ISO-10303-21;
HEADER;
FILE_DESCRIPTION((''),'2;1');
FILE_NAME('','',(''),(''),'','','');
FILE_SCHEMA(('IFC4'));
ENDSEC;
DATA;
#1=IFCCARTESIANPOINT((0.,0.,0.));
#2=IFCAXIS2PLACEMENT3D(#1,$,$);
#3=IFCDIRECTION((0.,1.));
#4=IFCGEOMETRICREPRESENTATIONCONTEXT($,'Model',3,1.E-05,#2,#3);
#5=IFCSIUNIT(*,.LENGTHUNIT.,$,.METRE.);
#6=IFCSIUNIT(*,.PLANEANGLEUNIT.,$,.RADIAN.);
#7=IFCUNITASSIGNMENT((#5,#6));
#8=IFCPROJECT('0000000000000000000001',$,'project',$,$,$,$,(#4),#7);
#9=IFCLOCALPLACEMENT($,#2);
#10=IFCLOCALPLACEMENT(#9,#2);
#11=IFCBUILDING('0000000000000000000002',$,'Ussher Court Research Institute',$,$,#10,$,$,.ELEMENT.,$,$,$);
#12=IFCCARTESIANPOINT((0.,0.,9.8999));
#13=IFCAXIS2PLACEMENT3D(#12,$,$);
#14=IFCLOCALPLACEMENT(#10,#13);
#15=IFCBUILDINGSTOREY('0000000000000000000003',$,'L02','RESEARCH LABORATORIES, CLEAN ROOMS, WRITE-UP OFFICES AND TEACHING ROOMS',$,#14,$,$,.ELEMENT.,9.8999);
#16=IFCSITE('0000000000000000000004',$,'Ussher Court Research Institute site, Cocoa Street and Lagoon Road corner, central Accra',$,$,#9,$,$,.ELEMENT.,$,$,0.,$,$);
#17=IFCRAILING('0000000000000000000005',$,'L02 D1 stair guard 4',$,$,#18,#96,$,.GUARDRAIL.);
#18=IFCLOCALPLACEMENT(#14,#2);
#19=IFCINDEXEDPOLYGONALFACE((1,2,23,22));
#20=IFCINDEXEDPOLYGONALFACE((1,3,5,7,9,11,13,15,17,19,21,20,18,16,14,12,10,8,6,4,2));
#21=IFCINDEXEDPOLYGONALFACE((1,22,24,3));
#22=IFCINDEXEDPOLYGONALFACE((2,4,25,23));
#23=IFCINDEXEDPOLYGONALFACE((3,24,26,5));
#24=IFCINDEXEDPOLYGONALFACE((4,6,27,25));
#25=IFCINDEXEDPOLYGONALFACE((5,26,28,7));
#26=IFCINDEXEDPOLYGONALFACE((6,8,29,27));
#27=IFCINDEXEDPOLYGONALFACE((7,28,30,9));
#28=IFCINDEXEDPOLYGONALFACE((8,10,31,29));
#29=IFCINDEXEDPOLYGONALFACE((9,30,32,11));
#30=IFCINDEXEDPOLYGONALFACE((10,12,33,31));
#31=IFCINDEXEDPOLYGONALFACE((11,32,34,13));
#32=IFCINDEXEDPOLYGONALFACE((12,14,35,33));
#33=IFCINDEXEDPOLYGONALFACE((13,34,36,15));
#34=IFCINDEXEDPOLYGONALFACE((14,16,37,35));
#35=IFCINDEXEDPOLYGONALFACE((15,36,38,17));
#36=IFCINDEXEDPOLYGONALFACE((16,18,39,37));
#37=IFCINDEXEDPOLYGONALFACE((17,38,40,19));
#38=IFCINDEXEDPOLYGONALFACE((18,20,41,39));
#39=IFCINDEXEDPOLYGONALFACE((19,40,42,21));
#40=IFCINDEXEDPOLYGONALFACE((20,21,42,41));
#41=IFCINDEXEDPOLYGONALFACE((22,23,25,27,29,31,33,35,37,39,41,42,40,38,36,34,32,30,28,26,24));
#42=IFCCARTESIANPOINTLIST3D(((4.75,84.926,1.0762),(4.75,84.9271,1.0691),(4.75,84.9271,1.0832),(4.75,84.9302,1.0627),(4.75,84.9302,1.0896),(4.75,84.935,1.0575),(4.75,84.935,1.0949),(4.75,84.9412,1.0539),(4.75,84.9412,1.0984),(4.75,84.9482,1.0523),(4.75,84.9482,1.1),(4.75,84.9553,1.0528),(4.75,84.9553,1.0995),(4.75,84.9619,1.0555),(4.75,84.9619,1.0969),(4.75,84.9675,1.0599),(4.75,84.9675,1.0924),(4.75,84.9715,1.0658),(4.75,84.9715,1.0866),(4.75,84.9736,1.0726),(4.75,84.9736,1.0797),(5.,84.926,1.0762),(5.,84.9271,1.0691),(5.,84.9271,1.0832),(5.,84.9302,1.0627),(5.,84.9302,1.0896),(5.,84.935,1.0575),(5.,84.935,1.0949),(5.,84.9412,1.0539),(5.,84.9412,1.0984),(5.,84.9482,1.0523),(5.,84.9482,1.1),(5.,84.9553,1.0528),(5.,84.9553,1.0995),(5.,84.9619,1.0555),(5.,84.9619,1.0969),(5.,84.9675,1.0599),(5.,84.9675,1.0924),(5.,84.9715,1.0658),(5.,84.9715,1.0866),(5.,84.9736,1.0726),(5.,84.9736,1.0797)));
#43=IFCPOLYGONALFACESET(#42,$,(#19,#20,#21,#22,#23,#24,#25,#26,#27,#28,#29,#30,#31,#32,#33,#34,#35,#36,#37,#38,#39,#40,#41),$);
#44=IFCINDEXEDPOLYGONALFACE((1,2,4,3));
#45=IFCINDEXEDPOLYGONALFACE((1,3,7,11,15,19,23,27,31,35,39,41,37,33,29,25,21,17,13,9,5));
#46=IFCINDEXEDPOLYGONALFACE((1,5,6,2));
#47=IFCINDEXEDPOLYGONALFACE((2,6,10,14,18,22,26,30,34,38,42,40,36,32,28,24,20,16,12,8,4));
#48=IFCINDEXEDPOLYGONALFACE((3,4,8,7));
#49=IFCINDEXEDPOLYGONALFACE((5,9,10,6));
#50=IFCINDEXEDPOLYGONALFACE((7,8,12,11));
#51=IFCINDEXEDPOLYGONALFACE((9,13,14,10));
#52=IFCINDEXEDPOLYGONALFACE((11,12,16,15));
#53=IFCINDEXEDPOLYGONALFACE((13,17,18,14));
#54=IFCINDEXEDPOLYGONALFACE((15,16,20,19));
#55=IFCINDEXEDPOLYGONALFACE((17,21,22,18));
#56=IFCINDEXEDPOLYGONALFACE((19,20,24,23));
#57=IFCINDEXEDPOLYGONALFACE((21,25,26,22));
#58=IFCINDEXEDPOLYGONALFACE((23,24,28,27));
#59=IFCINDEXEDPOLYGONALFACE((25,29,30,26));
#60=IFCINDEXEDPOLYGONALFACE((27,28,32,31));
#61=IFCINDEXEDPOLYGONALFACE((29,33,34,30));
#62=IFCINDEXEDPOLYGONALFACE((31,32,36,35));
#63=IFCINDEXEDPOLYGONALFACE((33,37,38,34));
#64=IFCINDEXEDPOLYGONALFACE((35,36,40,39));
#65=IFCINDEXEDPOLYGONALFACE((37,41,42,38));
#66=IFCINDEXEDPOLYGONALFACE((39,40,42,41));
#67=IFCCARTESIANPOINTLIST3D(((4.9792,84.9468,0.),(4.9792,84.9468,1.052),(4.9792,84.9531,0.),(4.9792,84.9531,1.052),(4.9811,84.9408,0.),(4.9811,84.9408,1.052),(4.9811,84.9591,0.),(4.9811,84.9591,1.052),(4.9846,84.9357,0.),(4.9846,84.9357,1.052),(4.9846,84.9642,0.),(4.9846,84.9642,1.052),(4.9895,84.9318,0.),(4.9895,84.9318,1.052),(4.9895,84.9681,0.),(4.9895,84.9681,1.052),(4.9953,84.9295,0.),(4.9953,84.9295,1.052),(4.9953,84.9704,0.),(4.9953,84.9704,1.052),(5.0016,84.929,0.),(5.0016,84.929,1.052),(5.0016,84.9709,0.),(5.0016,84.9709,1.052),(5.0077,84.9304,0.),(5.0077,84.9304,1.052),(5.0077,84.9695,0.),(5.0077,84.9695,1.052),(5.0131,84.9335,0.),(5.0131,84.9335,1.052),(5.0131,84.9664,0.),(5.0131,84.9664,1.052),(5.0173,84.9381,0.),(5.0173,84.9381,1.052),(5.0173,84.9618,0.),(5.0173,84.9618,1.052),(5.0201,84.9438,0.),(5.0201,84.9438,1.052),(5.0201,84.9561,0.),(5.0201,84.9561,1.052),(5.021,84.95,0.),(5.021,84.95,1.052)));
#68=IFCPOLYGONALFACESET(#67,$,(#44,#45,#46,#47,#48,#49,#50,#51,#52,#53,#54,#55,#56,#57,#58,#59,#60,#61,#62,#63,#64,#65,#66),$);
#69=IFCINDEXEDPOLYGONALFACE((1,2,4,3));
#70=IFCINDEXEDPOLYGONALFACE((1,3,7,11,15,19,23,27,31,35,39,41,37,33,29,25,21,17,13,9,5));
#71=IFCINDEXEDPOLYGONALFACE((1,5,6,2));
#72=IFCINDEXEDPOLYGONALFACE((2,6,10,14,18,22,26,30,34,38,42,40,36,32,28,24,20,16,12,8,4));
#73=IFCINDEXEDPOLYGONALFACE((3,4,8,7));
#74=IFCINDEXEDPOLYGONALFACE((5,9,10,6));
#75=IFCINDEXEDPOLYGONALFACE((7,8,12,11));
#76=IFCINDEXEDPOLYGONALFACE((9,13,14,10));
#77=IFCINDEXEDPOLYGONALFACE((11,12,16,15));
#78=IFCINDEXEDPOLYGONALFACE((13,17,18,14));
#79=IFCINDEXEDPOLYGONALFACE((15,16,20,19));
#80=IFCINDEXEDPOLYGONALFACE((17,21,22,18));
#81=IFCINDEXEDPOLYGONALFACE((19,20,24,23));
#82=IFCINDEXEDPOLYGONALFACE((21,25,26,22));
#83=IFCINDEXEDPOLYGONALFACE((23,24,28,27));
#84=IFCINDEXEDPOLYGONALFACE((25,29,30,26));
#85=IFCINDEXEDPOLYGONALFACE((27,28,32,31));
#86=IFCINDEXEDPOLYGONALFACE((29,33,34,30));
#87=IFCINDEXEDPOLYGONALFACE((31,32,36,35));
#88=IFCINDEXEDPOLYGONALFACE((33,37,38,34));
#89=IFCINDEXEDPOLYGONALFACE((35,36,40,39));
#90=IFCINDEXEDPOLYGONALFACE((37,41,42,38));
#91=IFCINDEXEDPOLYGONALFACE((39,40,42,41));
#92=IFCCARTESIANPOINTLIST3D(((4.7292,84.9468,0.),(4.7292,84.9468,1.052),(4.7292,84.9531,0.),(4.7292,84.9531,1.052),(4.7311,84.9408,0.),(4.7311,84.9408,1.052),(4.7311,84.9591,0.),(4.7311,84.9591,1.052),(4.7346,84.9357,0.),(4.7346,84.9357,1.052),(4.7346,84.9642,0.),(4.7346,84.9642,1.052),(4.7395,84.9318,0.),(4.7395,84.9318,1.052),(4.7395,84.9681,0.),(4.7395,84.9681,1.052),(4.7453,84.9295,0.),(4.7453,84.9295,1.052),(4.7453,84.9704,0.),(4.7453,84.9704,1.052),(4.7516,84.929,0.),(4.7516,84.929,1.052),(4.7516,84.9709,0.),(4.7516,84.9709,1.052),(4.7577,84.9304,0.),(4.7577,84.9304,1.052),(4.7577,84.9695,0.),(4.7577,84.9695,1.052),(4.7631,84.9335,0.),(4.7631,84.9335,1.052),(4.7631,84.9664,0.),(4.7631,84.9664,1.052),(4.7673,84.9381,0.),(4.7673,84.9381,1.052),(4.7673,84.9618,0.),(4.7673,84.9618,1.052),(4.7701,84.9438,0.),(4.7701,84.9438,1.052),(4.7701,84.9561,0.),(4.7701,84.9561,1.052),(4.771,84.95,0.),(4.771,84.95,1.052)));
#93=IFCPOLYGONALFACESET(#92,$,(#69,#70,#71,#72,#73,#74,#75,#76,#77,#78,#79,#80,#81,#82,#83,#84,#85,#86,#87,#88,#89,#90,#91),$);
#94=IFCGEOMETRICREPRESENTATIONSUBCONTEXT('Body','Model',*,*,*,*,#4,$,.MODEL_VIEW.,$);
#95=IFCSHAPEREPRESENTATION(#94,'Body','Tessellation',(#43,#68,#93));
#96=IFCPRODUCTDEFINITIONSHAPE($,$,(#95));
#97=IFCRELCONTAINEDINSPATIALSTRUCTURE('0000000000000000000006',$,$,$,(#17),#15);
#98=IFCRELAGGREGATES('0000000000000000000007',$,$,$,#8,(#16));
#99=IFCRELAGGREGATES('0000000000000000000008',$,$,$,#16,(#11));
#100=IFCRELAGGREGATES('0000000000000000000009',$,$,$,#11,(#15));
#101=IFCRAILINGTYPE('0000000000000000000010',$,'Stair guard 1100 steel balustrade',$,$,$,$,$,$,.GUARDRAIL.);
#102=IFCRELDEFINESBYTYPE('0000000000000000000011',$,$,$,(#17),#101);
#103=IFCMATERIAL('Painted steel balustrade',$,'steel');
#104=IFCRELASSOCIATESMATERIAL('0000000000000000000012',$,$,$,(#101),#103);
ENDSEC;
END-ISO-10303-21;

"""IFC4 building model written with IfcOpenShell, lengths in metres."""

from ifc_helpers import new_model, si_unit, direction, frame, origin, origin_2d, place, context, subcontext, project, spatial, circle, extrude, material, type_object, element, save


model = new_model("IFC4")

# Units and contexts
model_context = context("Model", 3, precision=1e-05, world=origin(), true_north=direction((0.0, 1.0)))
body_context = subcontext(model_context, "Body", "Model", "MODEL_VIEW")
ifc_project = project(units=[si_unit("LENGTHUNIT", "METRE"), si_unit("PLANEANGLEUNIT", "RADIAN")], contexts=[model_context])

# Site, building, storey
site_placement = place(None, origin())
site = spatial("IfcSite", under=ifc_project, at=site_placement, Name="Ussher Court Research Institute site, Cocoa Street and Lagoon Road corner, central Accra", CompositionType="ELEMENT", RefElevation=0.0)
building_placement = place(site_placement, origin())
building = spatial("IfcBuilding", under=site, at=building_placement, Name="Ussher Court Research Institute", CompositionType="ELEMENT")
storey_placement = place(building_placement, frame((0.0, 0.0, 9.8999)))
storey = spatial("IfcBuildingStorey", under=building, at=storey_placement, Name="L02", Description="RESEARCH LABORATORIES, CLEAN ROOMS, WRITE-UP OFFICES AND TEACHING ROOMS", CompositionType="ELEMENT", Elevation=9.8999)

# Railing
ifc_material_1 = material(Name="Painted steel balustrade", Category="steel")
railing_type_1 = type_object("IfcRailingType", Name="Stair guard 1100 steel balustrade", PredefinedType="GUARDRAIL", material=ifc_material_1)
railing_1_placement = place(storey_placement, frame((5.0, 84.95, 0.0)))
element("IfcRailing", 1, at=railing_1_placement, inside=storey, type_object=railing_type_1, Name="L02 D1 stair guard 4", PredefinedType="GUARDRAIL", context=body_context, shape_type="SweptSolid", body=[
    extrude(circle(Radius=0.0239, at=origin_2d()), frame((0.0, 0.0, 1.0762), z_axis=(-1.0, 0.0, 0.0), x_axis=(0.0, -1.0, 0.0)), (0.0, 0.0, 1.0), 0.25),
    extrude(circle(Radius=0.021, at=origin_2d()), origin(), (0.0, 0.0, 1.0), 1.052),
    extrude(circle(Radius=0.021, at=origin_2d()), frame((-0.25, 0.0, 0.0)), (0.0, 0.0, 1.0), 1.052),
])

save(model, "model.ifc")
